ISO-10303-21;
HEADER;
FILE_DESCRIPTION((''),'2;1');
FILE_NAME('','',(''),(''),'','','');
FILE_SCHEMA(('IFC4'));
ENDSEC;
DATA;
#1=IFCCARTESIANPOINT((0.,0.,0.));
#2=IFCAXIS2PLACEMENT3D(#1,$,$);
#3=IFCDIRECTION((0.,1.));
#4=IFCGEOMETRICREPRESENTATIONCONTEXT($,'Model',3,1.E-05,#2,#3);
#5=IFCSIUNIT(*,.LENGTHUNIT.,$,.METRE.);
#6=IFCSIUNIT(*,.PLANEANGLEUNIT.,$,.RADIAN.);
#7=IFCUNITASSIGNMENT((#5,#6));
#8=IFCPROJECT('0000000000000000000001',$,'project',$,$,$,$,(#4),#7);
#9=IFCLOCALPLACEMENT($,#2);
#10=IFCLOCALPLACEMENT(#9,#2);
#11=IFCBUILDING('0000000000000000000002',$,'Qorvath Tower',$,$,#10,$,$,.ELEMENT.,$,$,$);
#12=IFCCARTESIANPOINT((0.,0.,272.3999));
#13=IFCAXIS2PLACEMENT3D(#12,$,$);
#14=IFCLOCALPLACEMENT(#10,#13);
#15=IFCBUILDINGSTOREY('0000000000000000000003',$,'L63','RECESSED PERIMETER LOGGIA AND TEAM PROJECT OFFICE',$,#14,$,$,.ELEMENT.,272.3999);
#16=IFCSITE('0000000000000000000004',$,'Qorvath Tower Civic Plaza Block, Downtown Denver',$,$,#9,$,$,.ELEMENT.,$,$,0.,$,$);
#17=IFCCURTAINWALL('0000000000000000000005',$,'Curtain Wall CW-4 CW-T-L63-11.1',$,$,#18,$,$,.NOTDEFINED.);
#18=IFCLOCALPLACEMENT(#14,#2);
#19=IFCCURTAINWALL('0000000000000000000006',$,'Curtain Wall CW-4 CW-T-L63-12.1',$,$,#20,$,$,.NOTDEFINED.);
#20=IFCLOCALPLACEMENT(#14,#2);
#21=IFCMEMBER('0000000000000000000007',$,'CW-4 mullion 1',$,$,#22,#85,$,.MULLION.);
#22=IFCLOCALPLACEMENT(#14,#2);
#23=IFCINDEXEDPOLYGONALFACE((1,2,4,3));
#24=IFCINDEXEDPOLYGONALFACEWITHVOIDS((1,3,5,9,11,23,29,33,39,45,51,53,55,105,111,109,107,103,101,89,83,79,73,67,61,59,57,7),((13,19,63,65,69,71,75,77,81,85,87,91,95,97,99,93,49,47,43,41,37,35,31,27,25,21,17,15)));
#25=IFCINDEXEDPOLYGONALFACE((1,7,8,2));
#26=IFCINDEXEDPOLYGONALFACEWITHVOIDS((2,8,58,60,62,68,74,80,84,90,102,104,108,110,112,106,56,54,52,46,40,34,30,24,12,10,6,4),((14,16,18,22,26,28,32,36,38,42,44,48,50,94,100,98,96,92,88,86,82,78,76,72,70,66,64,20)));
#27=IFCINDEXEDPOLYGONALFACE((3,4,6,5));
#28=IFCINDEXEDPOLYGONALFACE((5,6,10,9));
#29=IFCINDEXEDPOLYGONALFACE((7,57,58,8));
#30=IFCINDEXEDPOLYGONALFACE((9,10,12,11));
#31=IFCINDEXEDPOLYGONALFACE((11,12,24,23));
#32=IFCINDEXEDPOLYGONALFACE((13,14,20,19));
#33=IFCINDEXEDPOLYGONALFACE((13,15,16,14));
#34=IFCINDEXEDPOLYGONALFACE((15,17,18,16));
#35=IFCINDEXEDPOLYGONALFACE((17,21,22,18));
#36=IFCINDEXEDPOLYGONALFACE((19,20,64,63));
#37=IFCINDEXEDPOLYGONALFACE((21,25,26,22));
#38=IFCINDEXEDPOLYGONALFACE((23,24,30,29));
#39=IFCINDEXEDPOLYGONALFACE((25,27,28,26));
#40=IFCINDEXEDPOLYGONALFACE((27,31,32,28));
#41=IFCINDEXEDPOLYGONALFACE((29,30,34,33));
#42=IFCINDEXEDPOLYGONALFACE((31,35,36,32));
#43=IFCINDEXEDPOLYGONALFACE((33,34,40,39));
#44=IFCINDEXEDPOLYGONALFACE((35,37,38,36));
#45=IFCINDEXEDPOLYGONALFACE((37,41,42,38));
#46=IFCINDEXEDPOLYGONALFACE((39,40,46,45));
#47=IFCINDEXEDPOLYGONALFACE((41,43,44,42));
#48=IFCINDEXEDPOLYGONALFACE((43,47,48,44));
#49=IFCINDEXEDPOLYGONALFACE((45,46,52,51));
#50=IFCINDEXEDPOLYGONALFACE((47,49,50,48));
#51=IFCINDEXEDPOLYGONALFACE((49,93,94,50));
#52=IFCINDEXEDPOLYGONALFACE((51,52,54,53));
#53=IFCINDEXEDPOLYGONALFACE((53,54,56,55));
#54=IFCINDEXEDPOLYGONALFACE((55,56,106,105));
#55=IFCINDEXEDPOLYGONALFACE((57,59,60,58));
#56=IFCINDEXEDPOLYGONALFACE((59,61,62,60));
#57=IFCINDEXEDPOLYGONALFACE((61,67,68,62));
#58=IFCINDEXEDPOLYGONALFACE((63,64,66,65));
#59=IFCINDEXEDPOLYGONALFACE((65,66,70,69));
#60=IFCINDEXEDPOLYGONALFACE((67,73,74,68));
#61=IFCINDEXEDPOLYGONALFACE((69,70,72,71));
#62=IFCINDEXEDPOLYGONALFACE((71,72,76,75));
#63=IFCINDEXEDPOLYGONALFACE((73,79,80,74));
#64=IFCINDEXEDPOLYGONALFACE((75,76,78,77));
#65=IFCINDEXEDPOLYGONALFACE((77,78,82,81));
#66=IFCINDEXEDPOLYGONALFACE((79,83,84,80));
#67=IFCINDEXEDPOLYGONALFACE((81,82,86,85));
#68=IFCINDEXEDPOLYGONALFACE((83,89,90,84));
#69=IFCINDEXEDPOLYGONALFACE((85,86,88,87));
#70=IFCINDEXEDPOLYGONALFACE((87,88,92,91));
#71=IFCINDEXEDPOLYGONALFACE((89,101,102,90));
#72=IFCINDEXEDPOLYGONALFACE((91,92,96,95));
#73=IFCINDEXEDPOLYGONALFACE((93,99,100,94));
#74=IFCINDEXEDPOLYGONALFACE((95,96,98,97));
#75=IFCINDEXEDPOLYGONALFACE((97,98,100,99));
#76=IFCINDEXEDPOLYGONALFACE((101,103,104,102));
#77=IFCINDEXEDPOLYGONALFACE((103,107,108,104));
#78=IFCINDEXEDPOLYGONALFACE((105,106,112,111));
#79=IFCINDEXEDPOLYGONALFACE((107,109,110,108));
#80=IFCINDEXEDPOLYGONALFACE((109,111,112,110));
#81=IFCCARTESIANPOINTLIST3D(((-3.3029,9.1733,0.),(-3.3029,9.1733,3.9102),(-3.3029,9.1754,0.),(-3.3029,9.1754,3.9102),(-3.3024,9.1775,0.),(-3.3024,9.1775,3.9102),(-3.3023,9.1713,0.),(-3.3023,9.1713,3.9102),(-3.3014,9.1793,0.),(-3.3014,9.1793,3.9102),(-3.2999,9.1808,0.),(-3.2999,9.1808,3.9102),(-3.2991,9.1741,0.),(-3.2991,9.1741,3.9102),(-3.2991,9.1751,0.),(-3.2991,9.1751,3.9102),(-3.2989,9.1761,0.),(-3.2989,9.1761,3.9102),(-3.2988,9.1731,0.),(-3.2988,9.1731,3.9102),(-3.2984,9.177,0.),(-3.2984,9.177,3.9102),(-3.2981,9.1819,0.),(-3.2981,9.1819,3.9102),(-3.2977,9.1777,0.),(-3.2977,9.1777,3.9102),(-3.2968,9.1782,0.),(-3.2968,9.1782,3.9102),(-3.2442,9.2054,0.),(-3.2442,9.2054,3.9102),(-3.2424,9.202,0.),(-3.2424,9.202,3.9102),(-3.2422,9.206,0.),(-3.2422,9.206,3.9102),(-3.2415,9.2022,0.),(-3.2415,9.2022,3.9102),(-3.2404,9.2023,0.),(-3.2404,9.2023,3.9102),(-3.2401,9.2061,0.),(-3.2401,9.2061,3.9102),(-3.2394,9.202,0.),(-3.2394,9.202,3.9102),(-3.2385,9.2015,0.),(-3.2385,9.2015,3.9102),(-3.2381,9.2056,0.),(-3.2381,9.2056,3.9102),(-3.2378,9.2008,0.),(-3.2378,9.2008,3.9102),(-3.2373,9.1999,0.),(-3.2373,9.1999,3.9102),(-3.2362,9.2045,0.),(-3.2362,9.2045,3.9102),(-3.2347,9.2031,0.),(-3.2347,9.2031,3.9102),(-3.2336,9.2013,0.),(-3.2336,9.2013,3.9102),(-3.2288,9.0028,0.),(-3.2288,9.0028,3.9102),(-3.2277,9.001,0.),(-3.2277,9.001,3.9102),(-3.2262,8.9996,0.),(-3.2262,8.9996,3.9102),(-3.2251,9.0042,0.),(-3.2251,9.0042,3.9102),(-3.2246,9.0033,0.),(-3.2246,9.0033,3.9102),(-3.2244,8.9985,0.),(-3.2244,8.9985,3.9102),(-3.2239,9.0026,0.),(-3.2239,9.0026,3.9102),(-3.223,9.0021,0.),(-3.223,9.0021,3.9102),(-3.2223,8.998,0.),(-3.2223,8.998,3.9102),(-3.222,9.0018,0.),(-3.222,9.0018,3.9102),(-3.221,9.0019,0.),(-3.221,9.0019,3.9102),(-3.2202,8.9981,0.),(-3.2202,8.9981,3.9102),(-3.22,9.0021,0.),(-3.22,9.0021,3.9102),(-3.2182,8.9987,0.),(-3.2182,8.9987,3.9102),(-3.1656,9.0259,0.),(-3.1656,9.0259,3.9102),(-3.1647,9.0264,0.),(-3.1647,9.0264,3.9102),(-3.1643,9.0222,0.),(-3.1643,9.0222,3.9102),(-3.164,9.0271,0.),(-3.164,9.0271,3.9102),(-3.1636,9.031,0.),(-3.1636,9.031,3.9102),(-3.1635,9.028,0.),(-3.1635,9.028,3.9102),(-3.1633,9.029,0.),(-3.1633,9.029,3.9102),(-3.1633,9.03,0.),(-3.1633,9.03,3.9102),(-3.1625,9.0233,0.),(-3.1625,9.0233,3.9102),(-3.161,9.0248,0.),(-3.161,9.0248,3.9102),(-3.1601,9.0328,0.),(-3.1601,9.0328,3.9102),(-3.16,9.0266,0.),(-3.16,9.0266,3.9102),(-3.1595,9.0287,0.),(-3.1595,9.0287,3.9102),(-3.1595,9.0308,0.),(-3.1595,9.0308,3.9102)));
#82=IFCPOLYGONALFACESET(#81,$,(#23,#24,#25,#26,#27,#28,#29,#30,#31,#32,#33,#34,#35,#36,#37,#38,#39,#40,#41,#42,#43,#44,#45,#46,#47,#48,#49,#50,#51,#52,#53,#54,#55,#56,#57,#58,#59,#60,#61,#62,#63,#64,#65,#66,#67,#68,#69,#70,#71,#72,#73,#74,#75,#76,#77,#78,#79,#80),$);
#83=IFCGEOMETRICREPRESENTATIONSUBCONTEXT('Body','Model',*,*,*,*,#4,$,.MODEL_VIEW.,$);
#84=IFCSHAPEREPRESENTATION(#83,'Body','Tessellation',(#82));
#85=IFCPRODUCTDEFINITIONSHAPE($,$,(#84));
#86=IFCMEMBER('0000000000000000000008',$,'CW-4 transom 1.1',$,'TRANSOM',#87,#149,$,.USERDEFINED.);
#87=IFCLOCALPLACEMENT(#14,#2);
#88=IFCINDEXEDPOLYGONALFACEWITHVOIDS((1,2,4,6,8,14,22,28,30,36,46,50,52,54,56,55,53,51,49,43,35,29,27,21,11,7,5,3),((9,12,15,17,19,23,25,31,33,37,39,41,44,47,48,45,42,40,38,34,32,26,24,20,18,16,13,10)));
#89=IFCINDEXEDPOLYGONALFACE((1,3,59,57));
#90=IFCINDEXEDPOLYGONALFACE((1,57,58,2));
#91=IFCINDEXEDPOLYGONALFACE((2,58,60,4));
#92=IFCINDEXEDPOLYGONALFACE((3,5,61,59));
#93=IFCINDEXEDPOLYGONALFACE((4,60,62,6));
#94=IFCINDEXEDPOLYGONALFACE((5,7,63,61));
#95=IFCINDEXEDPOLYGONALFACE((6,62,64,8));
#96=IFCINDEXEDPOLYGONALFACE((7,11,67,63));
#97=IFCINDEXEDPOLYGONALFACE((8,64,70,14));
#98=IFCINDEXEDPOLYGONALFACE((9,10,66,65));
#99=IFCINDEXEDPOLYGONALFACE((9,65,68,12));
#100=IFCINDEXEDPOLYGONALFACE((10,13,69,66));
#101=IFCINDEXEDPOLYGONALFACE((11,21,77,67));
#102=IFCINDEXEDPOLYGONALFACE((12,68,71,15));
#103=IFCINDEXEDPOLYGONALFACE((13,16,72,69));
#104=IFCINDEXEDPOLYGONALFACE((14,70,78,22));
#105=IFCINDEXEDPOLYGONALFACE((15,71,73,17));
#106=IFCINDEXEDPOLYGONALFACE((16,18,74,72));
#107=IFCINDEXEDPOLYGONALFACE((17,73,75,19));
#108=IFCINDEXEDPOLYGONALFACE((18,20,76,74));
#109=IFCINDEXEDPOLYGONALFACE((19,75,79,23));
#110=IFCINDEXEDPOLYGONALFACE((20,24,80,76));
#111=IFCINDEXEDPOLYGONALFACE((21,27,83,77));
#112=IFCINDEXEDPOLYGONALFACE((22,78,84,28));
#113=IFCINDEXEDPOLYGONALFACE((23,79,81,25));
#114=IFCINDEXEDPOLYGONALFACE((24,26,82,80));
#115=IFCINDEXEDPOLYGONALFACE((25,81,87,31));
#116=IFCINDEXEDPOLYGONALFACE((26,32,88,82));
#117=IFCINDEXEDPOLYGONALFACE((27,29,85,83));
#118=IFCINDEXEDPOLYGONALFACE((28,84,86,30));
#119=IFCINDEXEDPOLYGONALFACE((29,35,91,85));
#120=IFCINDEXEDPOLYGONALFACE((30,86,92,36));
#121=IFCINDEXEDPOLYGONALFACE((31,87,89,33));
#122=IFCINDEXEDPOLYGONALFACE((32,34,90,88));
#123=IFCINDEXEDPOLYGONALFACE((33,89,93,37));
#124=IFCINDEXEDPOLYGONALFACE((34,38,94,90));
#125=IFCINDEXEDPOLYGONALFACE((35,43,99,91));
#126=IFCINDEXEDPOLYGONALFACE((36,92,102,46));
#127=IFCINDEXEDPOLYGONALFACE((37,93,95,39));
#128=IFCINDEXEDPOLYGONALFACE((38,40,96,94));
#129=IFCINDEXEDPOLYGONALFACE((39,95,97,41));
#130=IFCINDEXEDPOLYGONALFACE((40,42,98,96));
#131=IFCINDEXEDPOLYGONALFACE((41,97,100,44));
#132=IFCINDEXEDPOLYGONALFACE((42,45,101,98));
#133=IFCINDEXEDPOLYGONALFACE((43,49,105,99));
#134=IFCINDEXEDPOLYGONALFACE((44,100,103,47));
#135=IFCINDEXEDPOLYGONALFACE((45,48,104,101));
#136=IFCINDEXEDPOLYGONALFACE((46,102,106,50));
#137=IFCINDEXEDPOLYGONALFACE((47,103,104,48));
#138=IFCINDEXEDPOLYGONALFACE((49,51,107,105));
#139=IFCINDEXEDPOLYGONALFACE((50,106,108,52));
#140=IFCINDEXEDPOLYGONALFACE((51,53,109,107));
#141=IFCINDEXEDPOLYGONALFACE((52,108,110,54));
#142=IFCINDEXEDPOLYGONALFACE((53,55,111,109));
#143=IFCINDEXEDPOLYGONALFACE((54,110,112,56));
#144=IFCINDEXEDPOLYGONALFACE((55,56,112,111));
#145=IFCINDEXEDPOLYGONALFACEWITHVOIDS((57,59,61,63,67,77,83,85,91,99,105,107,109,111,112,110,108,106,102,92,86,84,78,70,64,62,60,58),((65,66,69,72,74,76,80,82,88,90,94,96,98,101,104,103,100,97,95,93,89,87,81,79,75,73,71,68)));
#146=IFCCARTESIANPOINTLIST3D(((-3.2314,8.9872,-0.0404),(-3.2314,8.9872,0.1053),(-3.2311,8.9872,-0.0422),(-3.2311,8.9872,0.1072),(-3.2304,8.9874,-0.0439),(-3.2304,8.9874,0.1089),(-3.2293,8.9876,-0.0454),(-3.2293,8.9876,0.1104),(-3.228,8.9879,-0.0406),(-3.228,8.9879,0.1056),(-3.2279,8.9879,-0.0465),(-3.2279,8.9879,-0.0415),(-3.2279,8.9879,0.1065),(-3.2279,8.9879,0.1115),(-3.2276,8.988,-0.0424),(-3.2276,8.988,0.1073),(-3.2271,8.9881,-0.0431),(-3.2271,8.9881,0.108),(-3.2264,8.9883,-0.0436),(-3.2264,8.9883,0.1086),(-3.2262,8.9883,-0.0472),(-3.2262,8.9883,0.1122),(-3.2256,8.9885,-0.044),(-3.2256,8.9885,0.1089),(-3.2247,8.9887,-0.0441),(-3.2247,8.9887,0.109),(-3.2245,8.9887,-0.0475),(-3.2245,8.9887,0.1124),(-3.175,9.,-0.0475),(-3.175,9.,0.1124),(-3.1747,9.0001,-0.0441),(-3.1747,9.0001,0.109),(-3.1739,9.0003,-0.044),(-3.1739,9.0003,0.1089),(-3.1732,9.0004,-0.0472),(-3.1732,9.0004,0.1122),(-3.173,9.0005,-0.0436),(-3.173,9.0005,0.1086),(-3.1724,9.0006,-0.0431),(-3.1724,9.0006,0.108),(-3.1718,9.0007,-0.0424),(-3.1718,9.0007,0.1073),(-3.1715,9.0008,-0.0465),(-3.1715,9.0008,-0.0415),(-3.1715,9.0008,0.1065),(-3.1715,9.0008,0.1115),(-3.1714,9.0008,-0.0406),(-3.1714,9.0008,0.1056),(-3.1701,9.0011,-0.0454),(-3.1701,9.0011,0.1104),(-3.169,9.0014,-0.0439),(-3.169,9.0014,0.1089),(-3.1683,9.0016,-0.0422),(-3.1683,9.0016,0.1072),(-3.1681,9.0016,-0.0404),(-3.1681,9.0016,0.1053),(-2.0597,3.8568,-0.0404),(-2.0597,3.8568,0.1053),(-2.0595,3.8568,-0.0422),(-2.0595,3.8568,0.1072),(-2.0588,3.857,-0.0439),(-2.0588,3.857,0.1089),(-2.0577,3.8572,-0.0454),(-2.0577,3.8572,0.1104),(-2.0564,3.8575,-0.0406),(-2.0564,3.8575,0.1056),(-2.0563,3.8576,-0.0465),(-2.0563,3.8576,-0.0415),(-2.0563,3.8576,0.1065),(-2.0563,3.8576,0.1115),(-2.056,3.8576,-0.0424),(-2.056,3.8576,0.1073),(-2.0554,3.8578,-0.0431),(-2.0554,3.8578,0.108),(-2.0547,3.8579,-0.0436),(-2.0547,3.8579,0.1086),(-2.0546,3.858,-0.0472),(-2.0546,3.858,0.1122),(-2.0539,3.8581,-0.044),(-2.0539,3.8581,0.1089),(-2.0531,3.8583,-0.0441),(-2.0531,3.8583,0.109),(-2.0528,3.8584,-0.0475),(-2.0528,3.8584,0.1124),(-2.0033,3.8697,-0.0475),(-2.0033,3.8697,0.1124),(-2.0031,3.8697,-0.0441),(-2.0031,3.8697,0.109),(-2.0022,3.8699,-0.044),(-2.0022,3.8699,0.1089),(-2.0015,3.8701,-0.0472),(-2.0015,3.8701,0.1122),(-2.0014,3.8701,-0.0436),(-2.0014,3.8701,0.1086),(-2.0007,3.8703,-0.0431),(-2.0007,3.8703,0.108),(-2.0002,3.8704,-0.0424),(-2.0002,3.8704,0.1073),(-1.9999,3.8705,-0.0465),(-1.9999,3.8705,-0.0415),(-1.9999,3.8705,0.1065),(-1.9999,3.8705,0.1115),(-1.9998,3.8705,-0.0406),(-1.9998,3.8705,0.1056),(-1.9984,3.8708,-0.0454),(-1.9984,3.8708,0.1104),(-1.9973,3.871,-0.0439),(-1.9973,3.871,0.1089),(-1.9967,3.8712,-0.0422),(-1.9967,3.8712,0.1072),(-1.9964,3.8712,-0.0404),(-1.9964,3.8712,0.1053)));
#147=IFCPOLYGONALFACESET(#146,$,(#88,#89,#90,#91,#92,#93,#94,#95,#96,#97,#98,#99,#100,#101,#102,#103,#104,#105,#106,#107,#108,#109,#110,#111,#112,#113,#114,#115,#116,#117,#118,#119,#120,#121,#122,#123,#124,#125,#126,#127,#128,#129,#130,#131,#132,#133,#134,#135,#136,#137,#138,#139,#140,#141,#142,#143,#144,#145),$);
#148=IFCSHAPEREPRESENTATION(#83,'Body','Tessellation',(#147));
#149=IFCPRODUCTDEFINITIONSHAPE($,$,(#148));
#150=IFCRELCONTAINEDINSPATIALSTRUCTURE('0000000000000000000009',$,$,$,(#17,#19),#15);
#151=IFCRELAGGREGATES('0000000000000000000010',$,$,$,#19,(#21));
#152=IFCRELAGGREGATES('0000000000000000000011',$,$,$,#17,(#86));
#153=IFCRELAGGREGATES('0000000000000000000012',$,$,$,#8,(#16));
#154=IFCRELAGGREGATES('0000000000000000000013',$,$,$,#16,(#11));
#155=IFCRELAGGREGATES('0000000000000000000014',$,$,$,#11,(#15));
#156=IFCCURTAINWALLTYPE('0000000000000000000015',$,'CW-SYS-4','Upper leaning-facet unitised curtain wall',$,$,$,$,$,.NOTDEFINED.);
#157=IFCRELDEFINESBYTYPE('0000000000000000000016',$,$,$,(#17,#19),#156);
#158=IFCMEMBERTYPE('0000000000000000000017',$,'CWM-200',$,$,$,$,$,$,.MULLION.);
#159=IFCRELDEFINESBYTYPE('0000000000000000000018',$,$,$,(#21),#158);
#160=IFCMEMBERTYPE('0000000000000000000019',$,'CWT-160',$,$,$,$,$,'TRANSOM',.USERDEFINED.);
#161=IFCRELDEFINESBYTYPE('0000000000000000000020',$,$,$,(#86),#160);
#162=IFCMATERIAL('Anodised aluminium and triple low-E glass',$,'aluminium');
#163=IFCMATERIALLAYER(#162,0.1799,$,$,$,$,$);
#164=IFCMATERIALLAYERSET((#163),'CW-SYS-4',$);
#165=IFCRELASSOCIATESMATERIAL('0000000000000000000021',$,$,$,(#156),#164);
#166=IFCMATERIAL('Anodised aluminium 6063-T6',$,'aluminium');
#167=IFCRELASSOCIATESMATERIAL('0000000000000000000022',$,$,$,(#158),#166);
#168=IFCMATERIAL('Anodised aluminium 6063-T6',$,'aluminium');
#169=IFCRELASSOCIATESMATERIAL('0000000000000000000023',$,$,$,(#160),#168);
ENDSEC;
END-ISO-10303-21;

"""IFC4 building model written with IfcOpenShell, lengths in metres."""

from ifc_helpers import new_model, si_unit, direction, frame, origin, origin_2d, place, context, subcontext, project, spatial, hollow_rectangle, extrude, material, layer, layer_set, material_profile, profile_set, type_object, element, aggregate, save


model = new_model("IFC4")

# Units and contexts
model_context = context("Model", 3, precision=1e-05, world=origin(), true_north=direction((0.0, 1.0)))
body_context = subcontext(model_context, "Body", "Model", "MODEL_VIEW")
ifc_project = project(units=[si_unit("LENGTHUNIT", "METRE"), si_unit("PLANEANGLEUNIT", "RADIAN")], contexts=[model_context])

# Site, building, storey
site_placement = place(None, origin())
site = spatial("IfcSite", under=ifc_project, at=site_placement, Name="Qorvath Tower Civic Plaza Block, Downtown Denver", CompositionType="ELEMENT", RefElevation=0.0)
building_placement = place(site_placement, origin())
building = spatial("IfcBuilding", under=site, at=building_placement, Name="Qorvath Tower", CompositionType="ELEMENT")
storey_placement = place(building_placement, frame((0.0, 0.0, 272.3999)))
storey = spatial("IfcBuildingStorey", under=building, at=storey_placement, Name="L63", Description="RECESSED PERIMETER LOGGIA AND TEAM PROJECT OFFICE", CompositionType="ELEMENT", Elevation=272.3999)

# Shared definitions
ifc_material_1 = material(Name="Anodised aluminium and triple low-E glass", Category="aluminium")
ifc_layer_1 = layer(ifc_material_1, 0.1799)
ifc_layer_set_1 = layer_set([ifc_layer_1], Name="CW-SYS-4")
curtain_wall_type = type_object("IfcCurtainWallType", Name="CW-SYS-4", Description="Upper leaning-facet unitised curtain wall", PredefinedType="NOTDEFINED", material=ifc_layer_set_1)
ifc_material_2 = material(Name="Anodised aluminium 6063-T6", Category="aluminium")
ifc_material_profile_1 = material_profile(ifc_material_2, hollow_rectangle(XDim=0.075, YDim=0.2, WallThickness=0.0039, InnerFilletRadius=0.0039, OuterFilletRadius=0.0081, at=origin_2d()), Name="CWM 200x75")
ifc_profile_set_1 = profile_set([ifc_material_profile_1], Name="Anodised aluminium 6063-T6")
member_type_1 = type_object("IfcMemberType", Name="CWM-200", PredefinedType="MULLION", material=ifc_profile_set_1)

# Curtain wall
curtain_wall_1_placement = place(storey_placement, origin())
curtain_wall_1 = element("IfcCurtainWall", 1, at=curtain_wall_1_placement, inside=storey, type_object=curtain_wall_type, Name="Curtain Wall CW-4 CW-T-L63-11.1", PredefinedType="NOTDEFINED")

# Curtain wall, member
curtain_wall_2_placement = place(storey_placement, origin())
curtain_wall_2 = element("IfcCurtainWall", 2, at=curtain_wall_2_placement, inside=storey, type_object=curtain_wall_type, Name="Curtain Wall CW-4 CW-T-L63-12.1", PredefinedType="NOTDEFINED")
member_1_placement = place(storey_placement, frame((-3.2312, 9.1021, 0.0), z_axis=(0.0, 0.0, 1.0), x_axis=(-0.916559, -0.3999, 0.0)))
member_1 = element("IfcMember", 3, at=member_1_placement, type_object=member_type_1, Name="CW-4 mullion 1", PredefinedType="MULLION", context=body_context, shape_type="SweptSolid", body=[
    extrude(hollow_rectangle(XDim=0.075, YDim=0.2, WallThickness=0.0039, InnerFilletRadius=0.0039, OuterFilletRadius=0.0081, at=origin_2d()), origin(), (0.0, 0.0, 1.0), 3.9102),
])

# Member
ifc_material_3 = material(Name="Anodised aluminium 6063-T6", Category="aluminium")
ifc_material_profile_2 = material_profile(ifc_material_3, hollow_rectangle(XDim=0.0649, YDim=0.1599, WallThickness=0.0034, InnerFilletRadius=0.0034, OuterFilletRadius=0.0071, at=origin_2d()), Name="CWT 160x65")
ifc_profile_set_2 = profile_set([ifc_material_profile_2], Name="Anodised aluminium 6063-T6")
member_type_2 = type_object("IfcMemberType", Name="CWT-160", ElementType="TRANSOM", PredefinedType="USERDEFINED", material=ifc_profile_set_2)
member_2_placement = place(storey_placement, frame((-2.0281, 3.864, 0.0325), z_axis=(-0.22264, 0.974901, 0.0), x_axis=(-0.974901, -0.22264, 0.0)))
member_2 = element("IfcMember", 4, at=member_2_placement, type_object=member_type_2, Name="CW-4 transom 1.1", ObjectType="TRANSOM", PredefinedType="USERDEFINED", context=body_context, shape_type="SweptSolid", body=[
    extrude(hollow_rectangle(XDim=0.0649, YDim=0.1599, WallThickness=0.0034, InnerFilletRadius=0.0034, OuterFilletRadius=0.0071, at=origin_2d()), origin(), (0.0, 0.0, 1.0), 5.2625),
])
aggregate(curtain_wall_2, [member_1])

aggregate(curtain_wall_1, [member_2])

save(model, "model.ifc")
